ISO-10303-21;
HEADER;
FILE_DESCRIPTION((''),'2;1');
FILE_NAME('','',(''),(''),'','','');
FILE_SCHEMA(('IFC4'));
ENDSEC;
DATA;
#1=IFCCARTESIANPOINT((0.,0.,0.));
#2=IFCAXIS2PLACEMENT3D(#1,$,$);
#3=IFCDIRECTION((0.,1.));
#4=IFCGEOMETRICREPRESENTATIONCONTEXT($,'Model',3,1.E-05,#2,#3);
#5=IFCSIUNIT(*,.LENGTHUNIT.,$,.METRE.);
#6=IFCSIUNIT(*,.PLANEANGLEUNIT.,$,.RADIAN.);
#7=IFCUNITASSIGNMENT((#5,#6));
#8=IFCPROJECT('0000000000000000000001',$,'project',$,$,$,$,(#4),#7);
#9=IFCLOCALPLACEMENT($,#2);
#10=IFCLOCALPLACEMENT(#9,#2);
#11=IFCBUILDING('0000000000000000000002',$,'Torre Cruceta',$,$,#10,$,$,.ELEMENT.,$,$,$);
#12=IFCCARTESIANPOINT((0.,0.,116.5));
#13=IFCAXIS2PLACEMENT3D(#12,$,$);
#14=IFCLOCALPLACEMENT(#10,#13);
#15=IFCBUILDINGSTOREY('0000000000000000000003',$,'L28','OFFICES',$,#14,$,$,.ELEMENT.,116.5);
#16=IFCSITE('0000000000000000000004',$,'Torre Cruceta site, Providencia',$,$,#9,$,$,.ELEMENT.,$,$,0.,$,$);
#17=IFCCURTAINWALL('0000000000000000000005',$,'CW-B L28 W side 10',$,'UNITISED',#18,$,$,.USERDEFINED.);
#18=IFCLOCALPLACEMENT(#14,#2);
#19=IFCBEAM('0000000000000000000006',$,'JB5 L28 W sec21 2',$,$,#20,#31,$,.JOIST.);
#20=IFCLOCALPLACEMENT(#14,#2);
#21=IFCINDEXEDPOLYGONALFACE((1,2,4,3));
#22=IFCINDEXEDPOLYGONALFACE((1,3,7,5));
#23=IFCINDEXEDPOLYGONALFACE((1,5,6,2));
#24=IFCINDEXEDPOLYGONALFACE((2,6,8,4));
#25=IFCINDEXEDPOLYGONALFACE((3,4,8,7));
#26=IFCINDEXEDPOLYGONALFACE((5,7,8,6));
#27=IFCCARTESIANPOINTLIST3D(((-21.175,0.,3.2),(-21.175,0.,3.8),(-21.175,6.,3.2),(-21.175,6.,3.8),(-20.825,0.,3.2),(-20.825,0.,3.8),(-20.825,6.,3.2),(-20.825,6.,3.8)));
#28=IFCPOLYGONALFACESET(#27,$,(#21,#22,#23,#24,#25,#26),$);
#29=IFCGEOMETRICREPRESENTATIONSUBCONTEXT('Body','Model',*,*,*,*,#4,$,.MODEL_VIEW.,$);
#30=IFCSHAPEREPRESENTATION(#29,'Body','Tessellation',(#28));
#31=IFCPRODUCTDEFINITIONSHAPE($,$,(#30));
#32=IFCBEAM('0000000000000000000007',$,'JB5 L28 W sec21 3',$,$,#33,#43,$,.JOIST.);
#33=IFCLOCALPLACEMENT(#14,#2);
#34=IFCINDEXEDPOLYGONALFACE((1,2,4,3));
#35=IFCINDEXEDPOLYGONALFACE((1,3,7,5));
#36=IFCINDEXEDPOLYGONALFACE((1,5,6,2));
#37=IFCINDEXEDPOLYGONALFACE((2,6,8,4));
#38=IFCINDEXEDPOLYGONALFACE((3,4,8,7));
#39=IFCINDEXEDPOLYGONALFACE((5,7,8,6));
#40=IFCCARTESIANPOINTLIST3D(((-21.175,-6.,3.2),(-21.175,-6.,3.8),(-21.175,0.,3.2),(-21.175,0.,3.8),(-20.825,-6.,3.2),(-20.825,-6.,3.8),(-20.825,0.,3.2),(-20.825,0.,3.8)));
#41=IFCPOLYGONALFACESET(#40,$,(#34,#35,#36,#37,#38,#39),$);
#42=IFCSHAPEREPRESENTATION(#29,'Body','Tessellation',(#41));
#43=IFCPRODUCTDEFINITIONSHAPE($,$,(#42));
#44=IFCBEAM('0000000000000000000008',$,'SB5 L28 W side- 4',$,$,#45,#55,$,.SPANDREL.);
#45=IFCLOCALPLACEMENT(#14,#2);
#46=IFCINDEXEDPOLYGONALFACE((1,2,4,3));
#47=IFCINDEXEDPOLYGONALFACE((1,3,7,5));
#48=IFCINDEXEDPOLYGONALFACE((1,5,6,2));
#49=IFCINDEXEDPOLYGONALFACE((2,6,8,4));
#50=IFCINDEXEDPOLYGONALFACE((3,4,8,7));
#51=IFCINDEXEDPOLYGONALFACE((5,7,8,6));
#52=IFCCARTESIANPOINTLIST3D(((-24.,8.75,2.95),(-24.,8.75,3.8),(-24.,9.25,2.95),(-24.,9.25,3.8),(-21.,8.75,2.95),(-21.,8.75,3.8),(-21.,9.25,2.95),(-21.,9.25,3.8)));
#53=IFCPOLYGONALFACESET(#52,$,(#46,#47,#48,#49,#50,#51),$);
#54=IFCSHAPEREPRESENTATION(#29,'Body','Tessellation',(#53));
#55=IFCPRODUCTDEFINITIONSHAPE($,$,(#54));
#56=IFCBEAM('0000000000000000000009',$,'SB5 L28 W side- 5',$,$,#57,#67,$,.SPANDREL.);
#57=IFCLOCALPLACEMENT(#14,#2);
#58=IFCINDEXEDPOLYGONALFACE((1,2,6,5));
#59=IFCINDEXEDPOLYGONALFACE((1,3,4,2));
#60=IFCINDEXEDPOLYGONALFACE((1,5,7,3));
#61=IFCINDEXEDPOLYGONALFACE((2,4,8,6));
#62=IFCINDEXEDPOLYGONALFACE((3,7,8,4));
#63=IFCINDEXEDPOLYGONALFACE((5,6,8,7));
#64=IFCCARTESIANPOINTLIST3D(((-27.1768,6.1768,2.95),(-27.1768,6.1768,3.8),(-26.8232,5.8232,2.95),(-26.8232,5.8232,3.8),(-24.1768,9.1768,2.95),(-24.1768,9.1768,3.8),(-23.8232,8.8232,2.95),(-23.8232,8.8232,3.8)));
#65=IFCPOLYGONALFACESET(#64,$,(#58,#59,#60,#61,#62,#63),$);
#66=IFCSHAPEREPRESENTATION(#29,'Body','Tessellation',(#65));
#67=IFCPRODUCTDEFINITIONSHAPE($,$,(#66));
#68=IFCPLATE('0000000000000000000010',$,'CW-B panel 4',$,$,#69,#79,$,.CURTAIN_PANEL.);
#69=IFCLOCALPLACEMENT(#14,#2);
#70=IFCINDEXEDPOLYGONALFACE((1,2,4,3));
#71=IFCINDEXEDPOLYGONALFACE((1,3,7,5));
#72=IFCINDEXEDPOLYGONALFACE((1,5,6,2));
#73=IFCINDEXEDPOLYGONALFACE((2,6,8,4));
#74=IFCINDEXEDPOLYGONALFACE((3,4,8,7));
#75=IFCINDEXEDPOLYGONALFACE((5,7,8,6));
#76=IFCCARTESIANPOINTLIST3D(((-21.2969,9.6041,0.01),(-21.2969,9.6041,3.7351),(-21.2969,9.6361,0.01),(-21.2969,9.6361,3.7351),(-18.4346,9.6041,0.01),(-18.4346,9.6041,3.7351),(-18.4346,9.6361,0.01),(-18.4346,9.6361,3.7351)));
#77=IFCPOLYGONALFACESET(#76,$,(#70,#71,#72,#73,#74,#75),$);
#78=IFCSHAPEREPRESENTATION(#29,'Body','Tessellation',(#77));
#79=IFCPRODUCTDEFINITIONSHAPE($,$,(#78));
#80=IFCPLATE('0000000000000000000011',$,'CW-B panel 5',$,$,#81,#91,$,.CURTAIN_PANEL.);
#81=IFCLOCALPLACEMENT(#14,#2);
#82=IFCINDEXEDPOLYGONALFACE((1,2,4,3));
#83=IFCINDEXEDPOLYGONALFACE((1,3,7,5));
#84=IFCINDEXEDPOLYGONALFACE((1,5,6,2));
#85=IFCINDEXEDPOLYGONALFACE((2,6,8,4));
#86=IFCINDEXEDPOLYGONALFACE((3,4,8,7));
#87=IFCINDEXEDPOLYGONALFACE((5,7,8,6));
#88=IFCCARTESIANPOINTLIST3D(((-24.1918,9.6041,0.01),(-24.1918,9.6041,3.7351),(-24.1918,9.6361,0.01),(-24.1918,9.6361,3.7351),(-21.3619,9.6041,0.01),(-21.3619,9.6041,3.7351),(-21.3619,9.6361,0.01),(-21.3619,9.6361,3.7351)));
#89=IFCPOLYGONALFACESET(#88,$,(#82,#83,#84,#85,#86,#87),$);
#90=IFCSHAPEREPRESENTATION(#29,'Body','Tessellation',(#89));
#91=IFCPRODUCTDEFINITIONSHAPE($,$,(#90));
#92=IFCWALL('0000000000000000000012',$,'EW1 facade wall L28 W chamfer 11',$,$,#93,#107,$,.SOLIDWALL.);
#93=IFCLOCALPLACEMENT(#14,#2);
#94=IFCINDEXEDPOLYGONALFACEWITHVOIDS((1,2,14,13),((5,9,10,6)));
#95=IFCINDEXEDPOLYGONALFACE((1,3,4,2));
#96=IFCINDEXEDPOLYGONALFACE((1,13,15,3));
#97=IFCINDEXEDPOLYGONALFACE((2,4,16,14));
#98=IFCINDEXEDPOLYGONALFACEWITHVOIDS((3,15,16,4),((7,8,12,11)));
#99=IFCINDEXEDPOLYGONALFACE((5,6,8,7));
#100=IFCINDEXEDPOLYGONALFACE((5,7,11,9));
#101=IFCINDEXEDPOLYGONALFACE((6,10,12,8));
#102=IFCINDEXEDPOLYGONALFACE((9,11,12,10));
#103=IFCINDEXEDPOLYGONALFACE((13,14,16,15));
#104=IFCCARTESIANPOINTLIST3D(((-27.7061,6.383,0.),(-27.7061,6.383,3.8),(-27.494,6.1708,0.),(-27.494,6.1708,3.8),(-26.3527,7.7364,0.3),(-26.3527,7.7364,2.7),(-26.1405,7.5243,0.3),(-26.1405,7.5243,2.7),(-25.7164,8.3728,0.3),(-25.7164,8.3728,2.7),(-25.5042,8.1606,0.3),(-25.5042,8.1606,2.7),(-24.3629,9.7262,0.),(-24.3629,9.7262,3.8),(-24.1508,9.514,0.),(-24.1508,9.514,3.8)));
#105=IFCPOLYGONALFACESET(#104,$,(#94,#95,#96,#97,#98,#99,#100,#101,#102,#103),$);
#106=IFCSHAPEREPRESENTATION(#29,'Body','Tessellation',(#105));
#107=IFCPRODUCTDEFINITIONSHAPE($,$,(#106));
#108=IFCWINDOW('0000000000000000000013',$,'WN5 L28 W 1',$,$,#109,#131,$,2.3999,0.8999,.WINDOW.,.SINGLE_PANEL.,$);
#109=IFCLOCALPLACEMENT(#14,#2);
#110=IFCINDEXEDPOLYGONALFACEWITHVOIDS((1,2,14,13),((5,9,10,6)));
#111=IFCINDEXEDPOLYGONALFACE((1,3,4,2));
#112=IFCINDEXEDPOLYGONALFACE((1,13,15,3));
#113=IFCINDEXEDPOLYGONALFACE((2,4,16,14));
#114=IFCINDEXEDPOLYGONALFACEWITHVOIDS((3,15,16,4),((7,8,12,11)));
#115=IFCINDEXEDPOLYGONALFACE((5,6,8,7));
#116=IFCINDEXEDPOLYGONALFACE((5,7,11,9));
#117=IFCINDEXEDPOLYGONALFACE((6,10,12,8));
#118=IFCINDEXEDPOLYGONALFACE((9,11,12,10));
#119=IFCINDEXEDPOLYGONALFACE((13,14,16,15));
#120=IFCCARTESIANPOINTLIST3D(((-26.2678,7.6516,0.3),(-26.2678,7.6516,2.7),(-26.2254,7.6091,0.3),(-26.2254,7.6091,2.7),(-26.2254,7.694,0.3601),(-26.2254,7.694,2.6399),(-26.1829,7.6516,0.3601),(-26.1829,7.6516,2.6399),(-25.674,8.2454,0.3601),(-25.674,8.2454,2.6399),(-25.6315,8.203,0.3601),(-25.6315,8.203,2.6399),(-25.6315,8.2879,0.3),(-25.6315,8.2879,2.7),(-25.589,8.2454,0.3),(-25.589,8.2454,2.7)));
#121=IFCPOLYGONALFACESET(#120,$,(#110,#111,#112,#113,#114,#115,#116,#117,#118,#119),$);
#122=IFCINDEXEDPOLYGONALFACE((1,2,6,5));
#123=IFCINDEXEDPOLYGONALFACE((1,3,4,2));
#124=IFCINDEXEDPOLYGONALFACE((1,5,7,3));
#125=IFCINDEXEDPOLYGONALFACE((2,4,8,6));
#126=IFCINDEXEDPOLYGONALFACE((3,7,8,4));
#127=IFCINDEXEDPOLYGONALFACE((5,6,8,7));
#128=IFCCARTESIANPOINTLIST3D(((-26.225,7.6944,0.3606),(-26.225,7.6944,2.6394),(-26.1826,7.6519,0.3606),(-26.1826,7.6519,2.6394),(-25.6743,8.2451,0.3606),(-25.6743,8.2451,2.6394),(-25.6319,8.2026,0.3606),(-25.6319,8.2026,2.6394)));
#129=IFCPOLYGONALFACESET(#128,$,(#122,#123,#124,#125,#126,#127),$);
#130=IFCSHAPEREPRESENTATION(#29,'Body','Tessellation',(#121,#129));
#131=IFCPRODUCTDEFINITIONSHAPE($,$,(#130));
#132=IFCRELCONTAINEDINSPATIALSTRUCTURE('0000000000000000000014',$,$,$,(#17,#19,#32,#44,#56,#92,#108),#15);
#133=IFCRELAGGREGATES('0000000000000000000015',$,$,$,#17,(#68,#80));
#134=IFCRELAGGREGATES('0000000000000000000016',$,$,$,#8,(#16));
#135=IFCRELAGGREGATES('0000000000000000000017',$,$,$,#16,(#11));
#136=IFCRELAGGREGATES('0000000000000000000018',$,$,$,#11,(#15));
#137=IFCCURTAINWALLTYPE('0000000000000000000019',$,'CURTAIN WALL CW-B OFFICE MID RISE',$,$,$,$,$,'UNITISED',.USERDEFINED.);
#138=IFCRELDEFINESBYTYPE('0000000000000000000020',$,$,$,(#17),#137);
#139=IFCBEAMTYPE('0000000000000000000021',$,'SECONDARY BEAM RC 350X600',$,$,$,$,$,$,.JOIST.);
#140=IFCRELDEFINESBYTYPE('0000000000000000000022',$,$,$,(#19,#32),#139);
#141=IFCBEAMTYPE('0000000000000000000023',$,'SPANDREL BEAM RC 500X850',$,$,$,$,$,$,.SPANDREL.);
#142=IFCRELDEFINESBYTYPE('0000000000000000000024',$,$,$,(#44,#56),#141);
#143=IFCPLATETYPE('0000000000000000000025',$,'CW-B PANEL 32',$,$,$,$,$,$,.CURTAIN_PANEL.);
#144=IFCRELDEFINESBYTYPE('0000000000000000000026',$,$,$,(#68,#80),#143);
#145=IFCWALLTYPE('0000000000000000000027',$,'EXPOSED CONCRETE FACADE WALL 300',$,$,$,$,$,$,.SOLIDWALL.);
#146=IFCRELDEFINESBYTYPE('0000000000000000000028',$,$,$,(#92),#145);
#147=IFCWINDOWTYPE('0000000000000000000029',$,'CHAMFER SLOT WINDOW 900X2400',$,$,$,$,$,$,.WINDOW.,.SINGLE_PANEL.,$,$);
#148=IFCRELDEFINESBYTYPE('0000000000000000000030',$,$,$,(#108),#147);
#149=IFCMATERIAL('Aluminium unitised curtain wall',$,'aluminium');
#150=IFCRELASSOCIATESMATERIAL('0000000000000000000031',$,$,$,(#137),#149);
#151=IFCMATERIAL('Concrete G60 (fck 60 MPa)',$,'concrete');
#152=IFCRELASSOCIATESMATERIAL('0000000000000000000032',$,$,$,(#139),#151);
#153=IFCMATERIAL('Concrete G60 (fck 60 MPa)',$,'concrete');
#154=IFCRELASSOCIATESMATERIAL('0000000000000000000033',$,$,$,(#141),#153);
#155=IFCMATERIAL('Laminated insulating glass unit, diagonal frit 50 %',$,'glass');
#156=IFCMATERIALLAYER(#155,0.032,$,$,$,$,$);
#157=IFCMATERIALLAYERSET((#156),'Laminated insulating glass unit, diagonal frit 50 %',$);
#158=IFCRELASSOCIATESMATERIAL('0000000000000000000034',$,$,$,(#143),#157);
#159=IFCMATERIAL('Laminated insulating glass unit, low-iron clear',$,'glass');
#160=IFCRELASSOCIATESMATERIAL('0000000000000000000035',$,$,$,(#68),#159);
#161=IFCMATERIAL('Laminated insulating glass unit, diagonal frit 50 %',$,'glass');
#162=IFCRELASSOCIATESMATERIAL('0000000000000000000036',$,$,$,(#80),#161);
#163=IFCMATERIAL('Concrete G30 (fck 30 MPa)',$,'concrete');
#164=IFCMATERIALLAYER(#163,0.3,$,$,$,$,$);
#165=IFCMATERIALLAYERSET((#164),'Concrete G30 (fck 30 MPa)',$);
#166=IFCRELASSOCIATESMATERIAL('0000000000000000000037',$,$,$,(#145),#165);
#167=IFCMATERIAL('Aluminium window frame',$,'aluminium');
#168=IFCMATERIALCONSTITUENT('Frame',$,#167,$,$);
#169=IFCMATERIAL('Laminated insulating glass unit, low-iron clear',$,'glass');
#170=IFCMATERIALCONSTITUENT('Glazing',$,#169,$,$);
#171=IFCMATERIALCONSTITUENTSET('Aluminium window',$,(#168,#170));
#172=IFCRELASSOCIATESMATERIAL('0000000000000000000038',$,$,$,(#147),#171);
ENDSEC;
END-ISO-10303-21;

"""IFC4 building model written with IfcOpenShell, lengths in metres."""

from ifc_helpers import new_model, si_unit, direction, frame, frame_2d, origin, origin_2d, place, context, subcontext, project, spatial, rectangle, hollow_rectangle, extrude, material, layer, layer_set, constituent, constituent_set, material_profile, profile_set, type_object, element, fill, aggregate, save


model = new_model("IFC4")

# Units and contexts
model_context = context("Model", 3, precision=1e-05, world=origin(), true_north=direction((0.0, 1.0)))
body_context = subcontext(model_context, "Body", "Model", "MODEL_VIEW")
ifc_project = project(units=[si_unit("LENGTHUNIT", "METRE"), si_unit("PLANEANGLEUNIT", "RADIAN")], contexts=[model_context])

# Site, building, storey
site_placement = place(None, origin())
site = spatial("IfcSite", under=ifc_project, at=site_placement, Name="Torre Cruceta site, Providencia", CompositionType="ELEMENT", RefElevation=0.0)
building_placement = place(site_placement, origin())
building = spatial("IfcBuilding", under=site, at=building_placement, Name="Torre Cruceta", CompositionType="ELEMENT")
storey_placement = place(building_placement, frame((0.0, 0.0, 116.5)))
storey = spatial("IfcBuildingStorey", under=building, at=storey_placement, Name="L28", Description="OFFICES", CompositionType="ELEMENT", Elevation=116.5)

# Curtain wall
ifc_material_1 = material(Name="Aluminium unitised curtain wall", Category="aluminium")
curtain_wall_type = type_object("IfcCurtainWallType", Name="CURTAIN WALL CW-B OFFICE MID RISE", ElementType="UNITISED", PredefinedType="USERDEFINED", material=ifc_material_1)
curtain_wall_placement = place(storey_placement, origin())
curtain_wall = element("IfcCurtainWall", 1, at=curtain_wall_placement, inside=storey, type_object=curtain_wall_type, Name="CW-B L28 W side 10", ObjectType="UNITISED", PredefinedType="USERDEFINED")

# Beams
ifc_material_2 = material(Name="Concrete G60 (fck 60 MPa)", Category="concrete")
ifc_material_profile_1 = material_profile(ifc_material_2, rectangle(XDim=0.3501, YDim=0.6001, at=origin_2d()), Name="RC 350X600")
ifc_profile_set_1 = profile_set([ifc_material_profile_1], Name="Concrete G60 (fck 60 MPa)")
beam_type_1 = type_object("IfcBeamType", Name="SECONDARY BEAM RC 350X600", PredefinedType="JOIST", material=ifc_profile_set_1)
for number, where, z_axis, x_axis, name in (
    (2, (-21.0, 6.0, 3.5), (0.0, -1.0, 0.0), (1.0, 0.0, 0.0), "JB5 L28 W sec21 2"),
    (3, (-21.0, 0.0, 3.5), (0.0, -1.0, 0.0), (1.0, 0.0, 0.0), "JB5 L28 W sec21 3"),
):
    element("IfcBeam", number, at=place(storey_placement, frame(where, z_axis=z_axis, x_axis=x_axis)), inside=storey, type_object=beam_type_1, Name=name, PredefinedType="JOIST", context=body_context, shape_type="SweptSolid", body=[
        extrude(rectangle(XDim=0.3501, YDim=0.6001, at=origin_2d()), origin(), (0.0, 0.0, 1.0), 6.0),
    ])
ifc_material_3 = material(Name="Concrete G60 (fck 60 MPa)", Category="concrete")
ifc_material_profile_2 = material_profile(ifc_material_3, rectangle(XDim=0.5, YDim=0.8501, at=origin_2d()), Name="RC 500X850")
ifc_profile_set_2 = profile_set([ifc_material_profile_2], Name="Concrete G60 (fck 60 MPa)")
beam_type_2 = type_object("IfcBeamType", Name="SPANDREL BEAM RC 500X850", PredefinedType="SPANDREL", material=ifc_profile_set_2)
beam_1_placement = place(storey_placement, frame((-21.0, 9.0, 3.375), z_axis=(-1.0, 0.0, 0.0), x_axis=(0.0, -1.0, 0.0)))
element("IfcBeam", 4, at=beam_1_placement, inside=storey, type_object=beam_type_2, Name="SB5 L28 W side- 4", PredefinedType="SPANDREL", context=body_context, shape_type="SweptSolid", body=[
    extrude(rectangle(XDim=0.5, YDim=0.8501, at=origin_2d()), origin(), (0.0, 0.0, 1.0), 3.0),
])
beam_2_placement = place(storey_placement, frame((-24.0, 9.0, 3.375), z_axis=(-0.707107, -0.707107, 0.0), x_axis=(0.707107, -0.707107, 0.0)))
element("IfcBeam", 5, at=beam_2_placement, inside=storey, type_object=beam_type_2, Name="SB5 L28 W side- 5", PredefinedType="SPANDREL", context=body_context, shape_type="SweptSolid", body=[
    extrude(rectangle(XDim=0.5, YDim=0.8501, at=origin_2d()), origin(), (0.0, 0.0, 1.0), 4.2427),
])

# Plates
ifc_material_4 = material(Name="Laminated insulating glass unit, low-iron clear", Category="glass")
ifc_material_5 = material(Name="Laminated insulating glass unit, diagonal frit 50 %", Category="glass")
ifc_layer_1 = layer(ifc_material_5, 0.032)
ifc_layer_set_1 = layer_set([ifc_layer_1], Name="Laminated insulating glass unit, diagonal frit 50 %")
plate_type = type_object("IfcPlateType", Name="CW-B PANEL 32", PredefinedType="CURTAIN_PANEL", material=ifc_layer_set_1)
plate_1_placement = place(storey_placement, frame((-19.8657, 9.6201, 0.01), z_axis=(0.0, 0.0, 1.0), x_axis=(-1.0, 0.0, 0.0)))
plate_1 = element("IfcPlate", 6, at=plate_1_placement, type_object=plate_type, material=ifc_material_4, Name="CW-B panel 4", PredefinedType="CURTAIN_PANEL", context=body_context, shape_type="SweptSolid", body=[
    extrude(rectangle(XDim=2.8623, YDim=0.032, at=origin_2d()), origin(), (0.0, 0.0, 1.0), 3.7251),
])
ifc_material_6 = material(Name="Laminated insulating glass unit, diagonal frit 50 %", Category="glass")
plate_2_placement = place(storey_placement, frame((-22.7769, 9.6201, 0.01), z_axis=(0.0, 0.0, 1.0), x_axis=(-1.0, 0.0, 0.0)))
plate_2 = element("IfcPlate", 7, at=plate_2_placement, type_object=plate_type, material=ifc_material_6, Name="CW-B panel 5", PredefinedType="CURTAIN_PANEL", context=body_context, shape_type="SweptSolid", body=[
    extrude(rectangle(XDim=2.8298, YDim=0.032, at=origin_2d()), origin(), (0.0, 0.0, 1.0), 3.7251),
])
aggregate(curtain_wall, [plate_1, plate_2])

# Wall, opening, window
ifc_material_7 = material(Name="Concrete G30 (fck 30 MPa)", Category="concrete")
ifc_layer_2 = layer(ifc_material_7, 0.3)
ifc_layer_set_2 = layer_set([ifc_layer_2], Name="Concrete G30 (fck 30 MPa)")
wall_type_1 = type_object("IfcWallType", Name="EXPOSED CONCRETE FACADE WALL 300", PredefinedType="SOLIDWALL", material=ifc_layer_set_2)
wall_1_placement = place(storey_placement, frame((-24.2568, 9.6201, 0.0), z_axis=(0.0, 0.0, 1.0), x_axis=(-0.707107, -0.707107, 0.0)))
wall_1 = element("IfcWall", 8, at=wall_1_placement, inside=storey, type_object=wall_type_1, Name="EW1 facade wall L28 W chamfer 11", PredefinedType="SOLIDWALL", context=body_context, shape_type="SweptSolid", body=[
    extrude(rectangle(XDim=4.728, YDim=0.3, at=frame_2d((2.364, 0.0))), origin(), (0.0, 0.0, 1.0), 3.8),
])
opening_1_placement = place(wall_1_placement, frame((1.9141, 0.0, 0.3)))
opening_1 = element("IfcOpeningElement", 9, at=opening_1_placement, cuts=wall_1, PredefinedType="OPENING", context=body_context, shape_type="SweptSolid", body=[
    extrude(rectangle(XDim=0.8999, YDim=2.3999, at=frame_2d((0.45, 1.2))), frame((0.0, 0.1599, 0.0), z_axis=(0.0, -1.0, 0.0), x_axis=(1.0, 0.0, 0.0)), (0.0, 0.0, 1.0), 0.3201),
])
ifc_material_8 = material(Name="Aluminium window frame", Category="aluminium")
ifc_constituent_1 = constituent(ifc_material_8, Name="Frame")
ifc_material_9 = material(Name="Laminated insulating glass unit, low-iron clear", Category="glass")
ifc_constituent_2 = constituent(ifc_material_9, Name="Glazing")
ifc_constituent_set_1 = constituent_set(constituents=[ifc_constituent_1, ifc_constituent_2], Name="Aluminium window")
window_type_1 = type_object("IfcWindowType", Name="CHAMFER SLOT WINDOW 900X2400", PartitioningType="SINGLE_PANEL", PredefinedType="WINDOW", material=ifc_constituent_set_1)
window_1_placement = place(opening_1_placement, origin())
window_1 = element("IfcWindow", 10, at=window_1_placement, inside=storey, type_object=window_type_1, Name="WN5 L28 W 1", OverallHeight=2.3999, OverallWidth=0.8999, PartitioningType="SINGLE_PANEL", PredefinedType="WINDOW", context=body_context, shape_type="SweptSolid", body=[
    extrude(hollow_rectangle(XDim=0.8999, YDim=2.3999, WallThickness=0.0601, at=frame_2d((0.45, 1.2))), frame((0.0, 0.03, 0.0), z_axis=(0.0, -1.0, 0.0), x_axis=(1.0, 0.0, 0.0)), (0.0, 0.0, 1.0), 0.0601),
    extrude(rectangle(XDim=0.7788, YDim=2.2788, at=frame_2d((0.45, 1.2))), frame((0.0, 0.03, 0.0), z_axis=(0.0, -1.0, 0.0), x_axis=(1.0, 0.0, 0.0)), (0.0, 0.0, 1.0), 0.0601),
])
fill(opening_1, window_1)

save(model, "model.ifc")
